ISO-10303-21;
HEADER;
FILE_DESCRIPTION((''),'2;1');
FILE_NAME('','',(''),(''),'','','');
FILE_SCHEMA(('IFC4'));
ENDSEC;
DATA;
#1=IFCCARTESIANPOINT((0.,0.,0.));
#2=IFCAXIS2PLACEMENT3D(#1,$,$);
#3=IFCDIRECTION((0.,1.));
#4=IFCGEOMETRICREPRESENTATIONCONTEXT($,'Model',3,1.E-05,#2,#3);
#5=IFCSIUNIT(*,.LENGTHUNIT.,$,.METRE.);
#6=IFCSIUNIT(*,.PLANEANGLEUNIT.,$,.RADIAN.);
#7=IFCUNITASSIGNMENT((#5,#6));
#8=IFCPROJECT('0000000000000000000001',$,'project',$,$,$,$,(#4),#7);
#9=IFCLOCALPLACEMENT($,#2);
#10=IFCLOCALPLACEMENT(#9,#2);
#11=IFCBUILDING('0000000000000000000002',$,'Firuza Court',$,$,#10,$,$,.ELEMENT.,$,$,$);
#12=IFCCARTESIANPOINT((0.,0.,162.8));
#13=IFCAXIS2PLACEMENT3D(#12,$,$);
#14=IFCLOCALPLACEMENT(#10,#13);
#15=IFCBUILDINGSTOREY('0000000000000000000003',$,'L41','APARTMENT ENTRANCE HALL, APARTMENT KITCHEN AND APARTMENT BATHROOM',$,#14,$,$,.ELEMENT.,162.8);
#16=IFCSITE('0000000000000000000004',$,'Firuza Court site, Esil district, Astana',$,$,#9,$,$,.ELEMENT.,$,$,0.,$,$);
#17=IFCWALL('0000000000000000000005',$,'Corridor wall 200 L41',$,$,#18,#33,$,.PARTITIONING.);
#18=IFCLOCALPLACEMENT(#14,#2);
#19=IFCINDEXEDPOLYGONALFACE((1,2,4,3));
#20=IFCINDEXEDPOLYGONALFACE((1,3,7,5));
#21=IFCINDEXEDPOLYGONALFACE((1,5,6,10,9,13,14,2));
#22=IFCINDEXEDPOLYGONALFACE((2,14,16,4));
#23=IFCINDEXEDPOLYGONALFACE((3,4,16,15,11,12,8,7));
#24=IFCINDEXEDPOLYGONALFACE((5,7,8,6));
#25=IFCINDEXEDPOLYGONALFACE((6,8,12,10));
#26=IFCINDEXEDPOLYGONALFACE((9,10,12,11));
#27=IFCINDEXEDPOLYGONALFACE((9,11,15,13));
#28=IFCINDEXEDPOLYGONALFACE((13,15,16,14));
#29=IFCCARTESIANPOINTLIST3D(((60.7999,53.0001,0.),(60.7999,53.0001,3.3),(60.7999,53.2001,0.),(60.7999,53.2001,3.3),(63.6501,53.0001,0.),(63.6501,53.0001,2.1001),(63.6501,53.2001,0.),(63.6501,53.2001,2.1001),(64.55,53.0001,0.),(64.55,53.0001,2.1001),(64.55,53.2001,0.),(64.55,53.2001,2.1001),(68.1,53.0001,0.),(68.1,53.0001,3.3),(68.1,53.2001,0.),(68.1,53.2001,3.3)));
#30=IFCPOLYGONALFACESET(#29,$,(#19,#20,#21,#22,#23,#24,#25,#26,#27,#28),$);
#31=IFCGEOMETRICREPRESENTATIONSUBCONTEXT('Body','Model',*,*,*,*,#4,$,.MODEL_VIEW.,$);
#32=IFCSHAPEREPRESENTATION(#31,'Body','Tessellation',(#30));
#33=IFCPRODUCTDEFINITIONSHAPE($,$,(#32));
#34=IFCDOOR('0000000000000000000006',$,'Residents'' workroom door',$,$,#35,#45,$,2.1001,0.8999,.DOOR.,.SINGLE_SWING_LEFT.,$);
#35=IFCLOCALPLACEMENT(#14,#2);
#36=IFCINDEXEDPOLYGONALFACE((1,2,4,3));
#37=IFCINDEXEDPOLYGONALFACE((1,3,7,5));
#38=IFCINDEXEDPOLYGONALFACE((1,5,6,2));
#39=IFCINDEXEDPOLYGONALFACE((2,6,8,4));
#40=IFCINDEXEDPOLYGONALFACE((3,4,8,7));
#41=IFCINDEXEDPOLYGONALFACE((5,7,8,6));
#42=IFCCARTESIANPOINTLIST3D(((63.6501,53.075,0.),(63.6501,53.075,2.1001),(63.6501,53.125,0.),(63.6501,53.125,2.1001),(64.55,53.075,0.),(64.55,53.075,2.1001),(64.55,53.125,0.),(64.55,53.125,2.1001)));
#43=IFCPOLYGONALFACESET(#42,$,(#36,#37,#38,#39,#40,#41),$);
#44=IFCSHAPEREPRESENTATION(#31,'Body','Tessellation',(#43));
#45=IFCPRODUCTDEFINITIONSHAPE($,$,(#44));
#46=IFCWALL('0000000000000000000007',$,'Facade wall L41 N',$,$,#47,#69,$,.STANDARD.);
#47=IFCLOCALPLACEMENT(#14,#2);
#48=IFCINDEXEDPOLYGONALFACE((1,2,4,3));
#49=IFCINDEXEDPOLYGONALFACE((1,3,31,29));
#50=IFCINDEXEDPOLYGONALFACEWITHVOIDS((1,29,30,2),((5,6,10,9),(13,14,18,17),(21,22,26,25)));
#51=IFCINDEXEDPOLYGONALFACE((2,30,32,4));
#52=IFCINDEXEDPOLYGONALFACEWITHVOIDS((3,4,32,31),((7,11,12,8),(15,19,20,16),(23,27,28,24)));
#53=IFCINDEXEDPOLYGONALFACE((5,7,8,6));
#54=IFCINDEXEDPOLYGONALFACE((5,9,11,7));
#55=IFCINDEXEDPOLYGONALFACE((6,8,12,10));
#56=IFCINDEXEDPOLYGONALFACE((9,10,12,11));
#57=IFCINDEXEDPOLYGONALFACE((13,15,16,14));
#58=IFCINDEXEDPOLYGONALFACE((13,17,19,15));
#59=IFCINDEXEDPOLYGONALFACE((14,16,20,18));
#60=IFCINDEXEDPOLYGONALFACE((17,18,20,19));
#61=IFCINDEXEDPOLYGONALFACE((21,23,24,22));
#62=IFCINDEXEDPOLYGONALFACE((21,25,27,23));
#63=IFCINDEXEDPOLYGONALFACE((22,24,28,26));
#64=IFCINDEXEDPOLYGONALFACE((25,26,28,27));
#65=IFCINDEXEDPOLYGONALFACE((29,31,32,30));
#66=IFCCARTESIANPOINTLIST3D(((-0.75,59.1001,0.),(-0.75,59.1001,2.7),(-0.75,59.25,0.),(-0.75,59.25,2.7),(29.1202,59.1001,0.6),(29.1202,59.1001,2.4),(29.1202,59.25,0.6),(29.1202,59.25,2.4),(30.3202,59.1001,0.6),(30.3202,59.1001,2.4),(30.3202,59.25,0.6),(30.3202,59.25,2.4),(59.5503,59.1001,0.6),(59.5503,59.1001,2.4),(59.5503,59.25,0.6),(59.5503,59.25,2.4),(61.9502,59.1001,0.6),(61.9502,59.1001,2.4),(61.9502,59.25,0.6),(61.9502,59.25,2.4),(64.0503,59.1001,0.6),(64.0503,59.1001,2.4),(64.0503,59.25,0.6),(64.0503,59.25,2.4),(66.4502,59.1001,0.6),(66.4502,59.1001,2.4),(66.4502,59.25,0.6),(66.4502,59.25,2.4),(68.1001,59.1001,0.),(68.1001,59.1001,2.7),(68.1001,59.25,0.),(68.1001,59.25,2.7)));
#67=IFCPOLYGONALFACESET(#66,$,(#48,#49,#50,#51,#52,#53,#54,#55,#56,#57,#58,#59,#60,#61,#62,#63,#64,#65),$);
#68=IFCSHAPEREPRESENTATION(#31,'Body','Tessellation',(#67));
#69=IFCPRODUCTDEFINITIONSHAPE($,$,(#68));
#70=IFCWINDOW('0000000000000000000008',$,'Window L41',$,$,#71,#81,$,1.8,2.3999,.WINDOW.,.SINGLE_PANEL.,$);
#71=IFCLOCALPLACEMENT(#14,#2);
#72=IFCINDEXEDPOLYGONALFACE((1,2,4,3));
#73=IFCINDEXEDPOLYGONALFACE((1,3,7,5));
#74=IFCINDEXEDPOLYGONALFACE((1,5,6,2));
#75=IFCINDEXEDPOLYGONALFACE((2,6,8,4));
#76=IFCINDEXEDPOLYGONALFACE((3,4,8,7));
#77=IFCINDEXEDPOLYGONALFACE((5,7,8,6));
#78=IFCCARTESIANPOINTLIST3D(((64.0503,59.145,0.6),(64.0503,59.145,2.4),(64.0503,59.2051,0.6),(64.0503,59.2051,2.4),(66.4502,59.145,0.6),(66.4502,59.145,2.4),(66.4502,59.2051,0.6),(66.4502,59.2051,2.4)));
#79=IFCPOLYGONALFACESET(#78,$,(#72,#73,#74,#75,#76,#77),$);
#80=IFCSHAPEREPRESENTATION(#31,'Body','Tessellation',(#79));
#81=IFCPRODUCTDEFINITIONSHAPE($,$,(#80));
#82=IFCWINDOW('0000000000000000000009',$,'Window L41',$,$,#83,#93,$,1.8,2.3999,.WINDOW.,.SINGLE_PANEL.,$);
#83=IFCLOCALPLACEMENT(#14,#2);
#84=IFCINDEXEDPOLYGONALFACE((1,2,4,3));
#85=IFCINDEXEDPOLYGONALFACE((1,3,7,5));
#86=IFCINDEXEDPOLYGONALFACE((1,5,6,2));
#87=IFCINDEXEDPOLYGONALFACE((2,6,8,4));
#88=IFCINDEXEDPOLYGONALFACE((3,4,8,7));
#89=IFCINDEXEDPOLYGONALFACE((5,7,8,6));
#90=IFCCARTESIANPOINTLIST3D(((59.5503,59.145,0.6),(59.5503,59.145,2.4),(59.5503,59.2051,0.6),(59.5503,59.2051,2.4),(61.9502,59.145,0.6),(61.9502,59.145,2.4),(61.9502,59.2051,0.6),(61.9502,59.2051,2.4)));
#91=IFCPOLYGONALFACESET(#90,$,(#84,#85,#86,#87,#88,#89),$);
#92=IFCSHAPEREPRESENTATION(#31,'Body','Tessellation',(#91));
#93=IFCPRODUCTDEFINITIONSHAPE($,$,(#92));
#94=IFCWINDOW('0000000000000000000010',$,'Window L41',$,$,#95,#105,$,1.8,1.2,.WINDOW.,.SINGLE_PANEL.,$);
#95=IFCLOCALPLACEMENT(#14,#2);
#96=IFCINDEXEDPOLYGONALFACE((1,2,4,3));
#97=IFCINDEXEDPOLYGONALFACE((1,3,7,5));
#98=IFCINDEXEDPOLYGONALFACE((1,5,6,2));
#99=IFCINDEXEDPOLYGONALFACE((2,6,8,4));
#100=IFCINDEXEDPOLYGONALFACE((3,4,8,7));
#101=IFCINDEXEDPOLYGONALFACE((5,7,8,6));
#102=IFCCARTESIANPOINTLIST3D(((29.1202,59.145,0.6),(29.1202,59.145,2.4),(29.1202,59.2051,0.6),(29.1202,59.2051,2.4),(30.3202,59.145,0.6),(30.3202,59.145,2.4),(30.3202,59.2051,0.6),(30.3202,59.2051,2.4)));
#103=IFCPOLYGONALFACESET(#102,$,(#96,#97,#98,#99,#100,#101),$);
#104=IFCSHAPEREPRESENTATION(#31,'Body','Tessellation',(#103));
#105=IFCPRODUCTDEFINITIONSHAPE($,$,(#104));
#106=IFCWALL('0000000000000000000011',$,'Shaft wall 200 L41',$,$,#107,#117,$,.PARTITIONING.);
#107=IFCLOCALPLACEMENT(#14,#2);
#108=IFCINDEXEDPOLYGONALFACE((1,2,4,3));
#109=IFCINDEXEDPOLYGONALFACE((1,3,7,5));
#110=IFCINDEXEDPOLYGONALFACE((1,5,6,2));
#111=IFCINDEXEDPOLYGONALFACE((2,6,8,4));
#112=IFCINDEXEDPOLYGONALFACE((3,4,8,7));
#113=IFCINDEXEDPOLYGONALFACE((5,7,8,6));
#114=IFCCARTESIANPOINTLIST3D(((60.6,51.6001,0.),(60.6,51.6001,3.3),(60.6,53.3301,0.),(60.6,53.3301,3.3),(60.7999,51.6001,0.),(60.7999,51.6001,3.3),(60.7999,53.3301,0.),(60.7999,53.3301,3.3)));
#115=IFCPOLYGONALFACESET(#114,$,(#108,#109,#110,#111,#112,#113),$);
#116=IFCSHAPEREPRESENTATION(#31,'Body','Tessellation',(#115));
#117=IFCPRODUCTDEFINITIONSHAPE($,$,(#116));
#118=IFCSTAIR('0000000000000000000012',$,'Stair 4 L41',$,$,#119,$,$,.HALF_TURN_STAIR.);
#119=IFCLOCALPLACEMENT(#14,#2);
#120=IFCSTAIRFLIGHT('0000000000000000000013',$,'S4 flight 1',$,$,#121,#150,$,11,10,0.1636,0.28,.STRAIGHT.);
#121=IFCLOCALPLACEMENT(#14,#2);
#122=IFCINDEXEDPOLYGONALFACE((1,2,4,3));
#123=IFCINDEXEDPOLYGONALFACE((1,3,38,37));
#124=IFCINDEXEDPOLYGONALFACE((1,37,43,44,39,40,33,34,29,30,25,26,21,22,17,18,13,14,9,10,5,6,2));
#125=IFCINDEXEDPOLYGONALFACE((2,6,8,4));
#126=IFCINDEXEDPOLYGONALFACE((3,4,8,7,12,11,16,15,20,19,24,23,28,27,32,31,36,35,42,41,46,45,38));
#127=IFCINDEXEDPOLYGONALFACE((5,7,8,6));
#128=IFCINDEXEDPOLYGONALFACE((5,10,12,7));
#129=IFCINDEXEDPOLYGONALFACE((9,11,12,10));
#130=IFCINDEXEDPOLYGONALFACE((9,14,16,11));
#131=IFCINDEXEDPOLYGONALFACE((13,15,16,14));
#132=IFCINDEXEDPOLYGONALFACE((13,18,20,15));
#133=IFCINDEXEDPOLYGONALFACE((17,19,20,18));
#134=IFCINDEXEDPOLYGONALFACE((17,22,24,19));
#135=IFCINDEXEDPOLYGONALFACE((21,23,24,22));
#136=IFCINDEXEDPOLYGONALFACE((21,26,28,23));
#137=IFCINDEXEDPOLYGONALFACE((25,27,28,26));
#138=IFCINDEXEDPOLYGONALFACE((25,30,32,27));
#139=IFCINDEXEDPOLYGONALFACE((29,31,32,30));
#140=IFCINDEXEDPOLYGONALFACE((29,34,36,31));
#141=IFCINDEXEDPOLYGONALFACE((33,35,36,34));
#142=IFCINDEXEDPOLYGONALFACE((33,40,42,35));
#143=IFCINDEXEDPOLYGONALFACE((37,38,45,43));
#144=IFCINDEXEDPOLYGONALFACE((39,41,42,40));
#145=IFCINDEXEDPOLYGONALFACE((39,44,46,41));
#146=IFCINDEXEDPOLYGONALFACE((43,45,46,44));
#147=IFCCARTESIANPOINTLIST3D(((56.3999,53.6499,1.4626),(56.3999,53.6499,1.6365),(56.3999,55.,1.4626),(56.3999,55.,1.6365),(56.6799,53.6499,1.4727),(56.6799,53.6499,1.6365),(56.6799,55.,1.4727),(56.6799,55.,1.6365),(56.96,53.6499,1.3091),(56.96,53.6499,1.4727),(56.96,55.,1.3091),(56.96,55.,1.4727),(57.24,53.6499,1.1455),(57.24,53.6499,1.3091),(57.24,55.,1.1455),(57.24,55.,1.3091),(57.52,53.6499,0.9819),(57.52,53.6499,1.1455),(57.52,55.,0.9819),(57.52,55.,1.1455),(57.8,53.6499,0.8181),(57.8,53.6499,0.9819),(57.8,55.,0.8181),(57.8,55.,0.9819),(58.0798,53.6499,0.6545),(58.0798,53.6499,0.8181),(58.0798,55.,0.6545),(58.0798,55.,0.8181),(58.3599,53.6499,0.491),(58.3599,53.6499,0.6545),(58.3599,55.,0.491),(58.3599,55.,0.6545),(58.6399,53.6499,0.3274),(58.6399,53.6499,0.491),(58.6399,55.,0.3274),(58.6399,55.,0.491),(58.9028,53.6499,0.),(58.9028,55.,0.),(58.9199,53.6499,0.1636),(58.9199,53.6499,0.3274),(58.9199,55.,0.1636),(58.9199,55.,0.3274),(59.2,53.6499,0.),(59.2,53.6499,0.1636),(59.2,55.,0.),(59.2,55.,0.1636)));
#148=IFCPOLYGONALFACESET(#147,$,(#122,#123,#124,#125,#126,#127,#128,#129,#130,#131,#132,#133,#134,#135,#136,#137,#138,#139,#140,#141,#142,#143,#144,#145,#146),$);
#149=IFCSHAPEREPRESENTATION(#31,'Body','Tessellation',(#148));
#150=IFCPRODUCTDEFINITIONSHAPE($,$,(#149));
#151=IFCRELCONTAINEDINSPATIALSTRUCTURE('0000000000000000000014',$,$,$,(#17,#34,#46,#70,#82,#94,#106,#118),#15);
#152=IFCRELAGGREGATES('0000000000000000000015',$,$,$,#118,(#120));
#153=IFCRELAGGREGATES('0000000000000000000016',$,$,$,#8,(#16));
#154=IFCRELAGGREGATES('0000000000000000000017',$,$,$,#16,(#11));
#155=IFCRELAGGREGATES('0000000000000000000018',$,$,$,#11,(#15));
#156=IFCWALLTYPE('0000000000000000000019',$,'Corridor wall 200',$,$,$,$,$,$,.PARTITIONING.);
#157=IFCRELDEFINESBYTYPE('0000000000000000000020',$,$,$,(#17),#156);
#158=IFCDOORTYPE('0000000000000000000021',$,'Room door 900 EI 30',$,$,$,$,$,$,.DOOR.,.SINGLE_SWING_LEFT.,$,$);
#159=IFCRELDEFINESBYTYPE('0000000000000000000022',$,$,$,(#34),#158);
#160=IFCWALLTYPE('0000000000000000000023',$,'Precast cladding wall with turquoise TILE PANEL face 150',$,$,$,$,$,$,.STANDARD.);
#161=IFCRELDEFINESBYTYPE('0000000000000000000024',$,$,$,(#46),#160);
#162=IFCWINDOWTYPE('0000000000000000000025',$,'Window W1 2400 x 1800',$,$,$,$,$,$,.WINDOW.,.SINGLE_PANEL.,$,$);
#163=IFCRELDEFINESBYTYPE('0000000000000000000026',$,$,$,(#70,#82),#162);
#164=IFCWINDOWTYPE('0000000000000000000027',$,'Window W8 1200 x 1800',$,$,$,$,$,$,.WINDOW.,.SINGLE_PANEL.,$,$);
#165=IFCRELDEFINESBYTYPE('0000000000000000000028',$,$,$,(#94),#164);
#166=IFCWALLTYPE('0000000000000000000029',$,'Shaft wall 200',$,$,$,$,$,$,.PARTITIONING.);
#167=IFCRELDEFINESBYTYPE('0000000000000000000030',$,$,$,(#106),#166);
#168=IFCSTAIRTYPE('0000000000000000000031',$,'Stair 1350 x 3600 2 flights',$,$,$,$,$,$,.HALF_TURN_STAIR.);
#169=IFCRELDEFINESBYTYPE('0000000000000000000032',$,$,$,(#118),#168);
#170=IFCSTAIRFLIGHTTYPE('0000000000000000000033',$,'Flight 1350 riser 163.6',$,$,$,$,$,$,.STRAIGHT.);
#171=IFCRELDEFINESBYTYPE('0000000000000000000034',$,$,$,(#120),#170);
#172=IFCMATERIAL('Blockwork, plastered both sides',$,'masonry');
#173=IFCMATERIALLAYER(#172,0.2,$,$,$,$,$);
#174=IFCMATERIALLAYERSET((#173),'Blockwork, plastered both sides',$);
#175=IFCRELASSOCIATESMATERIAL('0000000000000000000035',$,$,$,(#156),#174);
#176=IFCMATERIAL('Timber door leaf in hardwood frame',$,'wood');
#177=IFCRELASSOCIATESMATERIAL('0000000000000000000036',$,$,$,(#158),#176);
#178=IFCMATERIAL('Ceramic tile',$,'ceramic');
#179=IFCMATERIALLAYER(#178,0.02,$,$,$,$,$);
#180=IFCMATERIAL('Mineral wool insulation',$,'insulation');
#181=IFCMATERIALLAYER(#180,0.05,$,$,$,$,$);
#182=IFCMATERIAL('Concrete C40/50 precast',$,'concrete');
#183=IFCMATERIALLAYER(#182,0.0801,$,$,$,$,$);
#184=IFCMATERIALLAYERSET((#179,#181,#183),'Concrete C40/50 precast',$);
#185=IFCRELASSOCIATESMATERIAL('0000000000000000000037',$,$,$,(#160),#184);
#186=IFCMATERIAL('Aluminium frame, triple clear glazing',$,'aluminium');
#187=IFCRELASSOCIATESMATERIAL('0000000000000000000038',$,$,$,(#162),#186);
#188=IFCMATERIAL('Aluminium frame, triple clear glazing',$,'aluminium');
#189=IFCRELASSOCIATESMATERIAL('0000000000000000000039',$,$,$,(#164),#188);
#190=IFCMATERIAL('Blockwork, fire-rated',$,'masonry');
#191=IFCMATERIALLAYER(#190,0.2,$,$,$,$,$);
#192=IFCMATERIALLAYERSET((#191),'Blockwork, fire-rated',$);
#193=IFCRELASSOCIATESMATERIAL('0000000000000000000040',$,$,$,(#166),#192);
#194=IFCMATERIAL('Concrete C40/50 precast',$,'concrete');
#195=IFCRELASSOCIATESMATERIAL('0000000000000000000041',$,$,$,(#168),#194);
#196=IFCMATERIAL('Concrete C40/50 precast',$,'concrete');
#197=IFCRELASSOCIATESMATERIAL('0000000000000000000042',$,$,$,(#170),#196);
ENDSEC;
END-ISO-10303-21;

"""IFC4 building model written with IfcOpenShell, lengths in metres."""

from ifc_helpers import new_model, si_unit, direction, frame, frame_2d, origin, place, context, subcontext, project, spatial, polyline, rectangle, outline, extrude, material, layer, layer_set, type_object, element, fill, aggregate, save


model = new_model("IFC4")

# Units and contexts
model_context = context("Model", 3, precision=1e-05, world=origin(), true_north=direction((0.0, 1.0)))
body_context = subcontext(model_context, "Body", "Model", "MODEL_VIEW")
ifc_project = project(units=[si_unit("LENGTHUNIT", "METRE"), si_unit("PLANEANGLEUNIT", "RADIAN")], contexts=[model_context])

# Site, building, storey
site_placement = place(None, origin())
site = spatial("IfcSite", under=ifc_project, at=site_placement, Name="Firuza Court site, Esil district, Astana", CompositionType="ELEMENT", RefElevation=0.0)
building_placement = place(site_placement, origin())
building = spatial("IfcBuilding", under=site, at=building_placement, Name="Firuza Court", CompositionType="ELEMENT")
storey_placement = place(building_placement, frame((0.0, 0.0, 162.8)))
storey = spatial("IfcBuildingStorey", under=building, at=storey_placement, Name="L41", Description="APARTMENT ENTRANCE HALL, APARTMENT KITCHEN AND APARTMENT BATHROOM", CompositionType="ELEMENT", Elevation=162.8)

# Wall, opening, door
ifc_material_1 = material(Name="Blockwork, plastered both sides", Category="masonry")
ifc_layer_1 = layer(ifc_material_1, 0.2)
ifc_layer_set_1 = layer_set([ifc_layer_1], Name="Blockwork, plastered both sides")
wall_type_1 = type_object("IfcWallType", Name="Corridor wall 200", PredefinedType="PARTITIONING", material=ifc_layer_set_1)
wall_1_placement = place(storey_placement, frame((60.8, 53.1001, 0.0), z_axis=(0.0, 0.0, 1.0), x_axis=(1.0, 0.0, 0.0)))
wall_1 = element("IfcWall", 1, at=wall_1_placement, inside=storey, type_object=wall_type_1, Name="Corridor wall 200 L41", PredefinedType="PARTITIONING", context=body_context, shape_type="SweptSolid", body=[
    extrude(rectangle(XDim=7.3, YDim=0.2, at=frame_2d((3.6499, 0.0))), origin(), (0.0, 0.0, 1.0), 3.3),
])
opening_1_placement = place(wall_1_placement, frame((2.8501, 0.0, 0.0)))
opening_1 = element("IfcOpeningElement", 2, at=opening_1_placement, cuts=wall_1, PredefinedType="OPENING", context=body_context, shape_type="SweptSolid", body=[
    extrude(rectangle(XDim=0.8999, YDim=2.1001, at=frame_2d((0.45, 1.05))), frame((0.0, 0.1118, 0.0), z_axis=(0.0, -1.0, 0.0), x_axis=(1.0, 0.0, 0.0)), (0.0, 0.0, 1.0), 0.2239),
])
ifc_material_2 = material(Name="Timber door leaf in hardwood frame", Category="wood")
door_type_1 = type_object("IfcDoorType", Name="Room door 900 EI 30", OperationType="SINGLE_SWING_LEFT", PredefinedType="DOOR", material=ifc_material_2)
door_1_placement = place(opening_1_placement, origin())
door_1 = element("IfcDoor", 3, at=door_1_placement, inside=storey, type_object=door_type_1, Name="Residents' workroom door", OperationType="SINGLE_SWING_LEFT", OverallHeight=2.1001, OverallWidth=0.8999, PredefinedType="DOOR", context=body_context, shape_type="SweptSolid", body=[
    extrude(rectangle(XDim=0.8999, YDim=2.1001, at=frame_2d((0.45, 1.05))), frame((0.0, 0.0249, 0.0), z_axis=(0.0, -1.0, 0.0), x_axis=(1.0, 0.0, 0.0)), (0.0, 0.0, 1.0), 0.05),
])
fill(opening_1, door_1)

# Wall, openings, windows
ifc_material_3 = material(Name="Ceramic tile", Category="ceramic")
ifc_layer_2 = layer(ifc_material_3, 0.02)
ifc_material_4 = material(Name="Mineral wool insulation", Category="insulation")
ifc_layer_3 = layer(ifc_material_4, 0.05)
ifc_material_5 = material(Name="Concrete C40/50 precast", Category="concrete")
ifc_layer_4 = layer(ifc_material_5, 0.0801)
ifc_layer_set_2 = layer_set([ifc_layer_2, ifc_layer_3, ifc_layer_4], Name="Concrete C40/50 precast")
wall_type_2 = type_object("IfcWallType", Name="Precast cladding wall with turquoise TILE PANEL face 150", PredefinedType="STANDARD", material=ifc_layer_set_2)
wall_2_placement = place(storey_placement, frame((68.1001, 59.175, 0.0), z_axis=(0.0, 0.0, 1.0), x_axis=(-1.0, 0.0, 0.0)))
wall_2 = element("IfcWall", 4, at=wall_2_placement, inside=storey, type_object=wall_type_2, Name="Facade wall L41 N", PredefinedType="STANDARD", context=body_context, shape_type="SweptSolid", body=[
    extrude(rectangle(XDim=68.8501, YDim=0.1499, at=frame_2d((34.425, 0.0))), origin(), (0.0, 0.0, 1.0), 2.7),
])
opening_2_placement = place(wall_2_placement, frame((1.6499, 0.0, 0.6001)))
opening_2 = element("IfcOpeningElement", 5, at=opening_2_placement, cuts=wall_2, PredefinedType="OPENING", context=body_context, shape_type="SweptSolid", body=[
    extrude(rectangle(XDim=2.3999, YDim=1.8, at=frame_2d((1.2, 0.8999))), frame((0.0, 0.0869, 0.0), z_axis=(0.0, -1.0, 0.0), x_axis=(1.0, 0.0, 0.0)), (0.0, 0.0, 1.0), 0.1738),
])
opening_3_placement = place(wall_2_placement, frame((6.1499, 0.0, 0.6001)))
opening_3 = element("IfcOpeningElement", 6, at=opening_3_placement, cuts=wall_2, PredefinedType="OPENING", context=body_context, shape_type="SweptSolid", body=[
    extrude(rectangle(XDim=2.3999, YDim=1.8, at=frame_2d((1.2, 0.8999))), frame((0.0, 0.0869, 0.0), z_axis=(0.0, -1.0, 0.0), x_axis=(1.0, 0.0, 0.0)), (0.0, 0.0, 1.0), 0.1738),
])
opening_4_placement = place(wall_2_placement, frame((37.7798, 0.0, 0.6001)))
opening_4 = element("IfcOpeningElement", 7, at=opening_4_placement, cuts=wall_2, PredefinedType="OPENING", context=body_context, shape_type="SweptSolid", body=[
    extrude(rectangle(XDim=1.2, YDim=1.8, at=frame_2d((0.6001, 0.8999))), frame((0.0, 0.0869, 0.0), z_axis=(0.0, -1.0, 0.0), x_axis=(1.0, 0.0, 0.0)), (0.0, 0.0, 1.0), 0.1738),
])
ifc_material_6 = material(Name="Aluminium frame, triple clear glazing", Category="aluminium")
window_type_1 = type_object("IfcWindowType", Name="Window W1 2400 x 1800", PartitioningType="SINGLE_PANEL", PredefinedType="WINDOW", material=ifc_material_6)
window_1_placement = place(opening_2_placement, origin())
window_1 = element("IfcWindow", 8, at=window_1_placement, inside=storey, type_object=window_type_1, Name="Window L41", OverallHeight=1.8, OverallWidth=2.3999, PartitioningType="SINGLE_PANEL", PredefinedType="WINDOW", context=body_context, shape_type="SweptSolid", body=[
    extrude(rectangle(XDim=2.3999, YDim=1.8, at=frame_2d((1.2, 0.8999))), frame((0.0, 0.03, 0.0), z_axis=(0.0, -1.0, 0.0), x_axis=(1.0, 0.0, 0.0)), (0.0, 0.0, 1.0), 0.0601),
])
fill(opening_2, window_1)
window_2_placement = place(opening_3_placement, origin())
window_2 = element("IfcWindow", 9, at=window_2_placement, inside=storey, type_object=window_type_1, Name="Window L41", OverallHeight=1.8, OverallWidth=2.3999, PartitioningType="SINGLE_PANEL", PredefinedType="WINDOW", context=body_context, shape_type="SweptSolid", body=[
    extrude(rectangle(XDim=2.3999, YDim=1.8, at=frame_2d((1.2, 0.8999))), frame((0.0, 0.03, 0.0), z_axis=(0.0, -1.0, 0.0), x_axis=(1.0, 0.0, 0.0)), (0.0, 0.0, 1.0), 0.0601),
])
fill(opening_3, window_2)
ifc_material_7 = material(Name="Aluminium frame, triple clear glazing", Category="aluminium")
window_type_2 = type_object("IfcWindowType", Name="Window W8 1200 x 1800", PartitioningType="SINGLE_PANEL", PredefinedType="WINDOW", material=ifc_material_7)
window_3_placement = place(opening_4_placement, origin())
window_3 = element("IfcWindow", 10, at=window_3_placement, inside=storey, type_object=window_type_2, Name="Window L41", OverallHeight=1.8, OverallWidth=1.2, PartitioningType="SINGLE_PANEL", PredefinedType="WINDOW", context=body_context, shape_type="SweptSolid", body=[
    extrude(rectangle(XDim=1.2, YDim=1.8, at=frame_2d((0.6001, 0.8999))), frame((0.0, 0.03, 0.0), z_axis=(0.0, -1.0, 0.0), x_axis=(1.0, 0.0, 0.0)), (0.0, 0.0, 1.0), 0.0601),
])
fill(opening_4, window_3)

# Wall
ifc_material_8 = material(Name="Blockwork, fire-rated", Category="masonry")
ifc_layer_5 = layer(ifc_material_8, 0.2)
ifc_layer_set_3 = layer_set([ifc_layer_5], Name="Blockwork, fire-rated")
wall_type_3 = type_object("IfcWallType", Name="Shaft wall 200", PredefinedType="PARTITIONING", material=ifc_layer_set_3)
wall_3_placement = place(storey_placement, frame((60.7, 51.6001, 0.0), z_axis=(0.0, 0.0, 1.0), x_axis=(0.0, 1.0, 0.0)))
element("IfcWall", 11, at=wall_3_placement, inside=storey, type_object=wall_type_3, Name="Shaft wall 200 L41", PredefinedType="PARTITIONING", context=body_context, shape_type="SweptSolid", body=[
    extrude(rectangle(XDim=1.73, YDim=0.2, at=frame_2d((0.865, 0.0))), origin(), (0.0, 0.0, 1.0), 3.3),
])

# Stair, stair flight
ifc_material_9 = material(Name="Concrete C40/50 precast", Category="concrete")
stair_type = type_object("IfcStairType", Name="Stair 1350 x 3600 2 flights", PredefinedType="HALF_TURN_STAIR", material=ifc_material_9)
stair_placement = place(storey_placement, origin())
stair = element("IfcStair", 12, at=stair_placement, inside=storey, type_object=stair_type, Name="Stair 4 L41", PredefinedType="HALF_TURN_STAIR")
ifc_material_10 = material(Name="Concrete C40/50 precast", Category="concrete")
stair_flight_type = type_object("IfcStairFlightType", Name="Flight 1350 riser 163.6", PredefinedType="STRAIGHT", material=ifc_material_10)
stair_flight_1_placement = place(storey_placement, frame((59.2, 54.325, 0.0), z_axis=(0.0, 0.0, 1.0), x_axis=(-1.0, 0.0, 0.0)))
stair_flight_1 = element("IfcStairFlight", 13, at=stair_flight_1_placement, type_object=stair_flight_type, Name="S4 flight 1", NumberOfRisers=11, NumberOfTreads=10, PredefinedType="STRAIGHT", RiserHeight=0.1636, TreadLength=0.28, context=body_context, shape_type="SweptSolid", body=[
    extrude(outline(polyline([(0.0, 0.0), (0.0, 0.1636), (0.28, 0.1636), (0.28, 0.3274), (0.5601, 0.3274), (0.5601, 0.491), (0.8401, 0.491), (0.8401, 0.6545), (1.1201, 0.6545), (1.1201, 0.8181), (1.3999, 0.8181), (1.3999, 0.9819), (1.6799, 0.9819), (1.6799, 1.1455), (1.96, 1.1455), (1.96, 1.3091), (2.24, 1.3091), (2.24, 1.4727), (2.52, 1.4727), (2.52, 1.6365), (2.8, 1.6365), (2.8, 1.8), (2.8, 1.4626), (0.2971, 0.0), (0.0, 0.0)])), frame((0.0, 0.675, 0.0), z_axis=(0.0, -1.0, 0.0), x_axis=(1.0, 0.0, 0.0)), (0.0, 0.0, 1.0), 1.3501),
])
aggregate(stair, [stair_flight_1])

save(model, "model.ifc")
